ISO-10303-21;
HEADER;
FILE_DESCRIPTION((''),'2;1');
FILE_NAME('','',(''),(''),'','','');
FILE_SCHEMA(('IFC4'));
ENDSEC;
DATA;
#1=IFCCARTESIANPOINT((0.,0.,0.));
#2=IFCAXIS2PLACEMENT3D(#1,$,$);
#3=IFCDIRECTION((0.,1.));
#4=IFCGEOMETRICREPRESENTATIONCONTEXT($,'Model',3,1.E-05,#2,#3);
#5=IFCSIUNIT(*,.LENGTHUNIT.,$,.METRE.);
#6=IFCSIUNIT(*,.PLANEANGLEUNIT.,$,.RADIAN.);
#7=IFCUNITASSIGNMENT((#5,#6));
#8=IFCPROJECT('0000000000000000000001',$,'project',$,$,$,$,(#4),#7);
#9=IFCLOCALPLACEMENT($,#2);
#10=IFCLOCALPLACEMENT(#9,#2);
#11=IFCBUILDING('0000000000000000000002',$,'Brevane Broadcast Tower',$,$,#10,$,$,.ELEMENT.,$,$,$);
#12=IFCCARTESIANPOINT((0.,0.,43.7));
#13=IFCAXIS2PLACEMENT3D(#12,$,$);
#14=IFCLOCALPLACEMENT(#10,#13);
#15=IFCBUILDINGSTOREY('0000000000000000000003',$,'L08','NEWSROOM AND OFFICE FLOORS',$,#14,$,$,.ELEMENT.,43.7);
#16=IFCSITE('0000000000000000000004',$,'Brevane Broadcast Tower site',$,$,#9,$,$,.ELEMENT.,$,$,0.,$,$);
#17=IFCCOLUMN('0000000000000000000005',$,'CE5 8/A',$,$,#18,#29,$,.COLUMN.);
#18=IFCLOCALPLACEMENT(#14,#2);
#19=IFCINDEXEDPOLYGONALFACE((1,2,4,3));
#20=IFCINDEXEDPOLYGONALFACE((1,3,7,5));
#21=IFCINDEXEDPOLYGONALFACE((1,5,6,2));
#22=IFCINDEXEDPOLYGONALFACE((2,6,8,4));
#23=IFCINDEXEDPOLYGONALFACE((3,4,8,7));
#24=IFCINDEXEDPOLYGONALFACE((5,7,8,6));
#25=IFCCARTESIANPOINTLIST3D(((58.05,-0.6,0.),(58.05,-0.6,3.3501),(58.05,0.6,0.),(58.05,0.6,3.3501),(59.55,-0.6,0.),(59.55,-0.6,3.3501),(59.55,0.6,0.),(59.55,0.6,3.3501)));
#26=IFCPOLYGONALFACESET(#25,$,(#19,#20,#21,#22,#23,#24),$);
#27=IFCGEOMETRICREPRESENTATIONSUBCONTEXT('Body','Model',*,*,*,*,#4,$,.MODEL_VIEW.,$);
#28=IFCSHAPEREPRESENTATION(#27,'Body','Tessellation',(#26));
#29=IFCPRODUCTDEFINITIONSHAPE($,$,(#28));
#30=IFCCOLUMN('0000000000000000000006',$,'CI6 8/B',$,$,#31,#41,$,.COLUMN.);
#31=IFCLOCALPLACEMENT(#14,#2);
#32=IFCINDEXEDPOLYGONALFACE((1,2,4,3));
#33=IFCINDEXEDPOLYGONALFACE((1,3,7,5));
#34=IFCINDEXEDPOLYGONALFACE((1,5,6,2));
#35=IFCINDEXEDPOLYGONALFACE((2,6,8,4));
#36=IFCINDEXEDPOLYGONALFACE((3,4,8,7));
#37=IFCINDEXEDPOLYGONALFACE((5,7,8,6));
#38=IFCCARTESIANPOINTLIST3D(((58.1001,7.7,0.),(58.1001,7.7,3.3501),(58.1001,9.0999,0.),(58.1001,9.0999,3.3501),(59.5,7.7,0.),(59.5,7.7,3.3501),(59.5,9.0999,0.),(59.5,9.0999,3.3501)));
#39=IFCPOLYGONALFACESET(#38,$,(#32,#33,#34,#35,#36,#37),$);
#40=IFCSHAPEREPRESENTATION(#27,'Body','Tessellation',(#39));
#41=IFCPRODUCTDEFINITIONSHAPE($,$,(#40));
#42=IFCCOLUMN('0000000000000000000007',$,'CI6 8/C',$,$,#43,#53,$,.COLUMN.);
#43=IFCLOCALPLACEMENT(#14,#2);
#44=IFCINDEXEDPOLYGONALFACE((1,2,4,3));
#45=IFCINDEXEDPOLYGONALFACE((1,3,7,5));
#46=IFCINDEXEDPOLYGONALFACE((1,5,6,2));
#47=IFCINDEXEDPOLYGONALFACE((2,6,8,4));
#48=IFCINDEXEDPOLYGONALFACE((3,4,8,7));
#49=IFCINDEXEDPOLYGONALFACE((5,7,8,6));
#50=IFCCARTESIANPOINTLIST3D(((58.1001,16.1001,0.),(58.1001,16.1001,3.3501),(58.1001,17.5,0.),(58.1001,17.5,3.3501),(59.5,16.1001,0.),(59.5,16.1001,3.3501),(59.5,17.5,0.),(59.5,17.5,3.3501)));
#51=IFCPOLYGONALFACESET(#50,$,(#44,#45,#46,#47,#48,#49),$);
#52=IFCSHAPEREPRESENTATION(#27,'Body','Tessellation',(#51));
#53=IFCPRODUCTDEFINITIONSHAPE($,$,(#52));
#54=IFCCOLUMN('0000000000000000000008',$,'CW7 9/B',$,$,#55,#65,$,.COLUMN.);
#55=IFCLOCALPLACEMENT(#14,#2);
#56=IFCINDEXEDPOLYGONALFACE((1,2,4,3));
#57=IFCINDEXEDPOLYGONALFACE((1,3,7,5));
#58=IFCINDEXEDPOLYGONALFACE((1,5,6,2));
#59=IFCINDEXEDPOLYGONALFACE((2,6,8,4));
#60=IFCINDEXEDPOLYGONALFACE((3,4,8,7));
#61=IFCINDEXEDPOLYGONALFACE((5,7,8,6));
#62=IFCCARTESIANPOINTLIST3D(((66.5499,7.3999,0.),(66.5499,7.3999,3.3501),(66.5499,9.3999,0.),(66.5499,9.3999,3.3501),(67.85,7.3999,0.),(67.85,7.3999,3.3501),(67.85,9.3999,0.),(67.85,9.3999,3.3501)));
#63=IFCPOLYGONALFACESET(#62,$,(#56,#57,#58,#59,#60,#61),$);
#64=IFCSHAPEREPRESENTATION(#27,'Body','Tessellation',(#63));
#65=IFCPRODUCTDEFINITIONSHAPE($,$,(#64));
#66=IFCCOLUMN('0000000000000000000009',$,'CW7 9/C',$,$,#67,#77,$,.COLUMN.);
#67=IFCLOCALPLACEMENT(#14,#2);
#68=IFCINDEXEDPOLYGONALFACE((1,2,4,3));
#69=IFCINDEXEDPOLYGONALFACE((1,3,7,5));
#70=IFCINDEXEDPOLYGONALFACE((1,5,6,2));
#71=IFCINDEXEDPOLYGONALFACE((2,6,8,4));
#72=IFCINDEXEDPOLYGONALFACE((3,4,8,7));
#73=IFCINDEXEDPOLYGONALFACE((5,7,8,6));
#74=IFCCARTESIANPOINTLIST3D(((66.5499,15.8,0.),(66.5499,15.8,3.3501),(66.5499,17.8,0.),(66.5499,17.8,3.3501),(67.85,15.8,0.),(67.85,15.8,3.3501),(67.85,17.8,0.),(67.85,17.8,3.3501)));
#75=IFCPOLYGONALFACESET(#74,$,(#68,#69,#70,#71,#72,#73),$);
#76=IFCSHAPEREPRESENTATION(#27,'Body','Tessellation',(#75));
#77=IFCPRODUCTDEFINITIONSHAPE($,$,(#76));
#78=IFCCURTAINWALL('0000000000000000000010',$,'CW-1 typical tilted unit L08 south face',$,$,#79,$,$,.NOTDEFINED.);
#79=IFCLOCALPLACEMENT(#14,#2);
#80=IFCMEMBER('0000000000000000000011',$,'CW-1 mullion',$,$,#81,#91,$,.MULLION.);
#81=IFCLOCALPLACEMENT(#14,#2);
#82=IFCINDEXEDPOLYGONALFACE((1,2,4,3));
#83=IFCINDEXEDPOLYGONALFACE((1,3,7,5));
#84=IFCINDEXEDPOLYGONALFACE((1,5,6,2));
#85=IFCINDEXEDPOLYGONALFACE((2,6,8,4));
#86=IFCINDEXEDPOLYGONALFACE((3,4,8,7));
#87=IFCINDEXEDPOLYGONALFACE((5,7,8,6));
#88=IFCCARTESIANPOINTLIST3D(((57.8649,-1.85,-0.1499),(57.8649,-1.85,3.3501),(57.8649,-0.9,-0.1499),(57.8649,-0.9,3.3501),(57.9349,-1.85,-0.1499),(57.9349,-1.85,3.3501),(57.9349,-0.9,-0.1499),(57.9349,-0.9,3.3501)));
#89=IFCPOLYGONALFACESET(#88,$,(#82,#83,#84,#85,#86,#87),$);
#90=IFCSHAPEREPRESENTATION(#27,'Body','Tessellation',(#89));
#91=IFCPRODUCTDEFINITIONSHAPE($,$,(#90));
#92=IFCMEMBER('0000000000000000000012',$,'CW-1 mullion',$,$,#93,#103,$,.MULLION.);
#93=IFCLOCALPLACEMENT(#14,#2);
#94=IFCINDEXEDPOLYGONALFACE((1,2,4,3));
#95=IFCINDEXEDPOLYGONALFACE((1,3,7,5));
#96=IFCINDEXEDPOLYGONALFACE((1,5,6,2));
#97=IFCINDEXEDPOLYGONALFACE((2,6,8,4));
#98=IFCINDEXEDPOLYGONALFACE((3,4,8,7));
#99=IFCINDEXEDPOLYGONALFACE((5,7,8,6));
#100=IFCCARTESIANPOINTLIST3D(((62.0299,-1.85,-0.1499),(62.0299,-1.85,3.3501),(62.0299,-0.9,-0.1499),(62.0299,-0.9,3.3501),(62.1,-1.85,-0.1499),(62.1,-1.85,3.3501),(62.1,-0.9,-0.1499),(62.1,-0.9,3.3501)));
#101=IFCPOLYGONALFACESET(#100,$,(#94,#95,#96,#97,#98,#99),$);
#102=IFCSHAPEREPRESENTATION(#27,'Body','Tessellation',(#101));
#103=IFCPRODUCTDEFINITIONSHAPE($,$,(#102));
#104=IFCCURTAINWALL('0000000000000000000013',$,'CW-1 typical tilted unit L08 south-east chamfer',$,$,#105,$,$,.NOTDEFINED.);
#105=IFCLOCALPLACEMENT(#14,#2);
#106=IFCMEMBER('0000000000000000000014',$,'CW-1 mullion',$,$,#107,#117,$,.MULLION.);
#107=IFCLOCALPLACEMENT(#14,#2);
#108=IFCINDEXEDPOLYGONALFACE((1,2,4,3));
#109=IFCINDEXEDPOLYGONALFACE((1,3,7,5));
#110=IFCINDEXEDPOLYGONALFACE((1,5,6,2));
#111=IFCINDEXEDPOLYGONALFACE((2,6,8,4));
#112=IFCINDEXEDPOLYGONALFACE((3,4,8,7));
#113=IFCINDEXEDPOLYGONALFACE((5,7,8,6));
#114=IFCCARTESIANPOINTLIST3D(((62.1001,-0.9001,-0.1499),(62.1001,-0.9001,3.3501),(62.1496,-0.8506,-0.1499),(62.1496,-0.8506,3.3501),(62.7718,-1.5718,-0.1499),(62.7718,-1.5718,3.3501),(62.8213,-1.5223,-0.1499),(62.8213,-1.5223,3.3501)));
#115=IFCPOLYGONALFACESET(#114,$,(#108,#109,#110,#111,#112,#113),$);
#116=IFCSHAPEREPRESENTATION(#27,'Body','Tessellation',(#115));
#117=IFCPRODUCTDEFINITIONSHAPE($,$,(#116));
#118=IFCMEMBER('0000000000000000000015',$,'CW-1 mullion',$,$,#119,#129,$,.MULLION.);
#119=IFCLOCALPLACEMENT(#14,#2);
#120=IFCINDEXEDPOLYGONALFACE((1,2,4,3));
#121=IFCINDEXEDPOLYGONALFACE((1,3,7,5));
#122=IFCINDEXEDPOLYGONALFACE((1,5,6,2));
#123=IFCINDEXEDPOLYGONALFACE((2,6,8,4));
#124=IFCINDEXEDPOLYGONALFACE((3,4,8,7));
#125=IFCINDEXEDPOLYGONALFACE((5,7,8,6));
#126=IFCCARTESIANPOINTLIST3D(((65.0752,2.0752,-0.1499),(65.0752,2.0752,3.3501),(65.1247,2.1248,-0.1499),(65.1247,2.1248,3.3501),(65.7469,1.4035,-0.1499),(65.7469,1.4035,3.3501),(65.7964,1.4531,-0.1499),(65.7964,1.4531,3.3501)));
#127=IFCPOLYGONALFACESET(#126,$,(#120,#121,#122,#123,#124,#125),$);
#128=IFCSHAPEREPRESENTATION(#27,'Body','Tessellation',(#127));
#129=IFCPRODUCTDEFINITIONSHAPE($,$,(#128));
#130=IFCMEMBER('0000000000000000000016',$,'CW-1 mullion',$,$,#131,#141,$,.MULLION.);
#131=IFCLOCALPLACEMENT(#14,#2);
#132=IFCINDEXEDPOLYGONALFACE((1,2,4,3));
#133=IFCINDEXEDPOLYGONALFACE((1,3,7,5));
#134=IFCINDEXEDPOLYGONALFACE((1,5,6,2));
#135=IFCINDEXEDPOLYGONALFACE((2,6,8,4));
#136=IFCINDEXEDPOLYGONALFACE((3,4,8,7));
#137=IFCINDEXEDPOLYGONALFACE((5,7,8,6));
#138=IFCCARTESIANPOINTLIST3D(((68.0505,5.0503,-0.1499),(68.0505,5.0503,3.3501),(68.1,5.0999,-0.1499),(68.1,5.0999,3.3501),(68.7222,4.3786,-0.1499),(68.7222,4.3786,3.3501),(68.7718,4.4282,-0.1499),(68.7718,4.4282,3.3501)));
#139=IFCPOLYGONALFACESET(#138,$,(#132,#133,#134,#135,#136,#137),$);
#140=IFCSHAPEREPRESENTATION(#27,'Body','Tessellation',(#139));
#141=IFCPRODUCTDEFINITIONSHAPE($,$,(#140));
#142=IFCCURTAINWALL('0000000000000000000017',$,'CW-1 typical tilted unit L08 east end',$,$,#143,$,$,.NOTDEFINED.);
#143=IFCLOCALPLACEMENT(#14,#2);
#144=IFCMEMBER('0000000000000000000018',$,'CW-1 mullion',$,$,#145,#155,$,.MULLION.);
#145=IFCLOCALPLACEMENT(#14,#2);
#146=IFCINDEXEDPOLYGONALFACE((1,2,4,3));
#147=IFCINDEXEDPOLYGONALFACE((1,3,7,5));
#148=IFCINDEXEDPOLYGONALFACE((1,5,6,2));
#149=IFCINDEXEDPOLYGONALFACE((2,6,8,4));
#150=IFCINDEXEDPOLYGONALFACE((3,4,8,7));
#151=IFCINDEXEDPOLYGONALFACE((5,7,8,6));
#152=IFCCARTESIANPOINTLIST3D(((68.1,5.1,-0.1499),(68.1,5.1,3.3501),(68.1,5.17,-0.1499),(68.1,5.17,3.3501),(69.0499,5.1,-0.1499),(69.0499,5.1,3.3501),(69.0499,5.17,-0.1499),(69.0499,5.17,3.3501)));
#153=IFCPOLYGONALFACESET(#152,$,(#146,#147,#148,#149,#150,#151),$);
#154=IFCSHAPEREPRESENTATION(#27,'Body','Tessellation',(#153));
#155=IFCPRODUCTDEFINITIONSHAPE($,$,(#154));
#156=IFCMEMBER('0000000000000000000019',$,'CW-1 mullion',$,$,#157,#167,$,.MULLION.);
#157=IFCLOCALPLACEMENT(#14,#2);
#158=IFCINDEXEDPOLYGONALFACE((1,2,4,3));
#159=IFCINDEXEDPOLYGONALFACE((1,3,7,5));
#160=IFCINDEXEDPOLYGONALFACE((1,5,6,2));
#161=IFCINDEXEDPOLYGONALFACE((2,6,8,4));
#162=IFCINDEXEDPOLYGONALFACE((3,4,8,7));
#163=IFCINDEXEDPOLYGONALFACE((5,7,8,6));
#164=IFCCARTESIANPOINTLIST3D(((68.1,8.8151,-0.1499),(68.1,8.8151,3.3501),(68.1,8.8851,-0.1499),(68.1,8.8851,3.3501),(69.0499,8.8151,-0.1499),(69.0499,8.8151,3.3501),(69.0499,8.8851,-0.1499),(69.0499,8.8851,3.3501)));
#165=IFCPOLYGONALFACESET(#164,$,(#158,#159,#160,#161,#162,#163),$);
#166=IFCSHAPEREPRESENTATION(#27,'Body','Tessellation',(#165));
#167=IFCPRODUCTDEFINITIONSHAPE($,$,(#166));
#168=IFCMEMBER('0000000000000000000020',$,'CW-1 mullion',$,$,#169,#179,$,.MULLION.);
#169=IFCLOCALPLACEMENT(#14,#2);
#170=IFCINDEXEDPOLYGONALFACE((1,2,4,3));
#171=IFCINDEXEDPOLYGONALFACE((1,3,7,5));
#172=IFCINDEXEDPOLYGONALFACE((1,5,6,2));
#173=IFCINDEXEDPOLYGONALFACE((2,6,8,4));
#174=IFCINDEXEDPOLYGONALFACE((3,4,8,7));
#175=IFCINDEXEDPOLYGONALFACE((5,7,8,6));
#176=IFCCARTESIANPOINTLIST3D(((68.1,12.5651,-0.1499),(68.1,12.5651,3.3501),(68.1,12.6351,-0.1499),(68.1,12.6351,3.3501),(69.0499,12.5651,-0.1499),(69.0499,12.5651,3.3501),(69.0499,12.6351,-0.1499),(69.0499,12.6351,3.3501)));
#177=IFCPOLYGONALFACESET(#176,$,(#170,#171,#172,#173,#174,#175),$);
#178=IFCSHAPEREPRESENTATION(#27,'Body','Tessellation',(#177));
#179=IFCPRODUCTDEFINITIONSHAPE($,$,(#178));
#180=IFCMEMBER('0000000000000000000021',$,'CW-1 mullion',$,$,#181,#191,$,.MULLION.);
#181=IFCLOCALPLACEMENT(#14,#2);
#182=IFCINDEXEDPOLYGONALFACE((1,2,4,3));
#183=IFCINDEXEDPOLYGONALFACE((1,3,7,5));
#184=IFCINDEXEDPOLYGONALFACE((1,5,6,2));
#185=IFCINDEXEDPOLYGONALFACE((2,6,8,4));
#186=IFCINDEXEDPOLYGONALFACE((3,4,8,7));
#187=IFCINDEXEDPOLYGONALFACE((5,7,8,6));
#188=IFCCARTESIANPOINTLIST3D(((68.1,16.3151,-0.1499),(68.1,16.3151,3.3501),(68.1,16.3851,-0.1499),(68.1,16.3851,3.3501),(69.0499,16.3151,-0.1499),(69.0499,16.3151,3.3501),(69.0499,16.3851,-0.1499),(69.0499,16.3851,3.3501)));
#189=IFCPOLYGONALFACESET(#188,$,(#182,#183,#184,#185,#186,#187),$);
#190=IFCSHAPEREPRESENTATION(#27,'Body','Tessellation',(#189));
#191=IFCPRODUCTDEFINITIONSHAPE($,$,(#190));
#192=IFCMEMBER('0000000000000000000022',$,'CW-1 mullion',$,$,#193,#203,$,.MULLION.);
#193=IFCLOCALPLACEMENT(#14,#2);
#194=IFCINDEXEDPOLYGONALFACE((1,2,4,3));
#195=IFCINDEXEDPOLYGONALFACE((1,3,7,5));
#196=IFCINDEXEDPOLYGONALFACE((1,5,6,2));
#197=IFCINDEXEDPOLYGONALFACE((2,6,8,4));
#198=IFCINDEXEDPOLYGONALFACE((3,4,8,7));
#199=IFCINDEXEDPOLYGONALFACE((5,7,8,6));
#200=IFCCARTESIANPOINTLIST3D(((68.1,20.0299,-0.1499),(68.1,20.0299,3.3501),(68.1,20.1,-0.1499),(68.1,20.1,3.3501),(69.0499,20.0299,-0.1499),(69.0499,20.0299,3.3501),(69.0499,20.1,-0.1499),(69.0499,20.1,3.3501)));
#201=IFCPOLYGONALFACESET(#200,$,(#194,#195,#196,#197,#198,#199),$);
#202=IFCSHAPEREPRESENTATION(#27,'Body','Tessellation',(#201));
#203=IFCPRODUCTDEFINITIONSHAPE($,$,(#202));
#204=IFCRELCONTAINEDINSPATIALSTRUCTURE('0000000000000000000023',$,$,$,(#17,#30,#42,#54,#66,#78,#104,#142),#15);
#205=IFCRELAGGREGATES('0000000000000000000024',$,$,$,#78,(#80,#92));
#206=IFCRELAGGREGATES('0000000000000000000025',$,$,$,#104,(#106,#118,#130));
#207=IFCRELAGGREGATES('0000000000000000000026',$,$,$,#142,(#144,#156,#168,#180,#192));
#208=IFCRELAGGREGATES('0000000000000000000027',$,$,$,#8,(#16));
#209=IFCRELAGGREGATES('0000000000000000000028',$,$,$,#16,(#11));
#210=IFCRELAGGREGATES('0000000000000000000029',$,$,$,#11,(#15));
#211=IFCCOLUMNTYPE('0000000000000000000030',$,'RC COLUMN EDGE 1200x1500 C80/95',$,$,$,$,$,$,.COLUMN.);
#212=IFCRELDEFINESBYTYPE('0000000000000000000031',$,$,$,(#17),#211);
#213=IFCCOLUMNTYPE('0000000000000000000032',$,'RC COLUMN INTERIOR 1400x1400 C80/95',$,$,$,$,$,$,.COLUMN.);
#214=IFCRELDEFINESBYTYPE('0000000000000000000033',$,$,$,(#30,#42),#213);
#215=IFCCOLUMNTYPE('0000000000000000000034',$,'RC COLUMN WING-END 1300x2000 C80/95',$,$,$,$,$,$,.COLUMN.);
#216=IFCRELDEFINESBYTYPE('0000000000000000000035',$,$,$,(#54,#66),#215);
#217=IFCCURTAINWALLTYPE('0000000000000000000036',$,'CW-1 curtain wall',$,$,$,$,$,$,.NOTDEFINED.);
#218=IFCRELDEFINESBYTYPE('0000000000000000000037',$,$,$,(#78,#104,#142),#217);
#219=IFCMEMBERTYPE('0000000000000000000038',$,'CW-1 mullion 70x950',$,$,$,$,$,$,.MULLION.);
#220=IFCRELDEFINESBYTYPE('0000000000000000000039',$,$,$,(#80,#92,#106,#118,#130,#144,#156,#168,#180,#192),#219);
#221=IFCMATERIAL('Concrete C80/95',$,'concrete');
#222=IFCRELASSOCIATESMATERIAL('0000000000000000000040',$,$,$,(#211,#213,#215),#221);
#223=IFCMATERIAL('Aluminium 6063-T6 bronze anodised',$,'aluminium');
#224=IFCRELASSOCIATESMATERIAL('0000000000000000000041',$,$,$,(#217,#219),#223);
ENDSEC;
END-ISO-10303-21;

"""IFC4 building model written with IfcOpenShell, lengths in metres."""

from ifc_helpers import new_model, si_unit, direction, frame, origin, origin_2d, place, context, subcontext, project, spatial, rectangle, extrude, material, material_profile, profile_set, type_object, element, aggregate, save


model = new_model("IFC4")

# Units and contexts
model_context = context("Model", 3, precision=1e-05, world=origin(), true_north=direction((0.0, 1.0)))
body_context = subcontext(model_context, "Body", "Model", "MODEL_VIEW")
ifc_project = project(units=[si_unit("LENGTHUNIT", "METRE"), si_unit("PLANEANGLEUNIT", "RADIAN")], contexts=[model_context])

# Site, building, storey
site_placement = place(None, origin())
site = spatial("IfcSite", under=ifc_project, at=site_placement, Name="Brevane Broadcast Tower site", CompositionType="ELEMENT", RefElevation=0.0)
building_placement = place(site_placement, origin())
building = spatial("IfcBuilding", under=site, at=building_placement, Name="Brevane Broadcast Tower", CompositionType="ELEMENT")
storey_placement = place(building_placement, frame((0.0, 0.0, 43.7)))
storey = spatial("IfcBuildingStorey", under=building, at=storey_placement, Name="L08", Description="NEWSROOM AND OFFICE FLOORS", CompositionType="ELEMENT", Elevation=43.7)

# Columns
ifc_material_1 = material(Name="Concrete C80/95", Category="concrete")
ifc_material_profile_1 = material_profile(ifc_material_1, rectangle(XDim=1.2, YDim=1.5, at=origin_2d()), Name="RC 1200x1500")
ifc_profile_set_1 = profile_set([ifc_material_profile_1], Name="Concrete C80/95")
column_type_1 = type_object("IfcColumnType", Name="RC COLUMN EDGE 1200x1500 C80/95", PredefinedType="COLUMN", material=ifc_profile_set_1)
column_placement = place(storey_placement, frame((58.8, 0.0, 0.0), z_axis=(0.0, 0.0, 1.0), x_axis=(0.0, 1.0, 0.0)))
element("IfcColumn", 1, at=column_placement, inside=storey, type_object=column_type_1, Name="CE5 8/A", PredefinedType="COLUMN", context=body_context, shape_type="SweptSolid", body=[
    extrude(rectangle(XDim=1.2, YDim=1.5, at=origin_2d()), origin(), (0.0, 0.0, 1.0), 3.3501),
])
ifc_material_profile_2 = material_profile(ifc_material_1, rectangle(XDim=1.3999, YDim=1.3999, at=origin_2d()), Name="RC 1400x1400")
ifc_profile_set_2 = profile_set([ifc_material_profile_2], Name="Concrete C80/95")
column_type_2 = type_object("IfcColumnType", Name="RC COLUMN INTERIOR 1400x1400 C80/95", PredefinedType="COLUMN", material=ifc_profile_set_2)
for number, where, z_axis, x_axis, name in (
    (2, (58.8, 8.3999, 0.0), (0.0, 0.0, 1.0), (1.0, 0.0, 0.0), "CI6 8/B"),
    (3, (58.8, 16.8, 0.0), (0.0, 0.0, 1.0), (1.0, 0.0, 0.0), "CI6 8/C"),
):
    element("IfcColumn", number, at=place(storey_placement, frame(where, z_axis=z_axis, x_axis=x_axis)), inside=storey, type_object=column_type_2, Name=name, PredefinedType="COLUMN", context=body_context, shape_type="SweptSolid", body=[
        extrude(rectangle(XDim=1.3999, YDim=1.3999, at=origin_2d()), origin(), (0.0, 0.0, 1.0), 3.3501),
    ])
ifc_material_profile_3 = material_profile(ifc_material_1, rectangle(XDim=1.3, YDim=2.0, at=origin_2d()), Name="RC 1300x2000")
ifc_profile_set_3 = profile_set([ifc_material_profile_3], Name="Concrete C80/95")
column_type_3 = type_object("IfcColumnType", Name="RC COLUMN WING-END 1300x2000 C80/95", PredefinedType="COLUMN", material=ifc_profile_set_3)
for number, where, z_axis, x_axis, name in (
    (4, (67.2, 8.3999, 0.0), (0.0, 0.0, 1.0), (1.0, 0.0, 0.0), "CW7 9/B"),
    (5, (67.2, 16.8, 0.0), (0.0, 0.0, 1.0), (1.0, 0.0, 0.0), "CW7 9/C"),
):
    element("IfcColumn", number, at=place(storey_placement, frame(where, z_axis=z_axis, x_axis=x_axis)), inside=storey, type_object=column_type_3, Name=name, PredefinedType="COLUMN", context=body_context, shape_type="SweptSolid", body=[
        extrude(rectangle(XDim=1.3, YDim=2.0, at=origin_2d()), origin(), (0.0, 0.0, 1.0), 3.3501),
    ])

# Curtain walls, members
ifc_material_2 = material(Name="Aluminium 6063-T6 bronze anodised", Category="aluminium")
curtain_wall_type = type_object("IfcCurtainWallType", Name="CW-1 curtain wall", PredefinedType="NOTDEFINED", material=ifc_material_2)
curtain_wall_1_placement = place(storey_placement, origin())
curtain_wall_1 = element("IfcCurtainWall", 6, at=curtain_wall_1_placement, inside=storey, type_object=curtain_wall_type, Name="CW-1 typical tilted unit L08 south face", PredefinedType="NOTDEFINED")
ifc_material_profile_4 = material_profile(ifc_material_2, rectangle(XDim=0.95, YDim=0.0701, at=origin_2d()), Name="RECT 70x950")
ifc_profile_set_4 = profile_set([ifc_material_profile_4], Name="Aluminium 6063-T6 bronze anodised")
member_type_1 = type_object("IfcMemberType", Name="CW-1 mullion 70x950", PredefinedType="MULLION", material=ifc_profile_set_4)
member_1_placement = place(storey_placement, frame((57.8999, -1.375, -0.1499), z_axis=(0.0, 0.0, 1.0), x_axis=(0.0, 1.0, 0.0)))
member_1 = element("IfcMember", 7, at=member_1_placement, type_object=member_type_1, Name="CW-1 mullion", PredefinedType="MULLION", context=body_context, shape_type="SweptSolid", body=[
    extrude(rectangle(XDim=0.95, YDim=0.0701, at=origin_2d()), origin(), (0.0, 0.0, 1.0), 3.5),
])
member_2_placement = place(storey_placement, frame((62.0649, -1.375, -0.1499), z_axis=(0.0, 0.0, 1.0), x_axis=(0.0, 1.0, 0.0)))
member_2 = element("IfcMember", 8, at=member_2_placement, type_object=member_type_1, Name="CW-1 mullion", PredefinedType="MULLION", context=body_context, shape_type="SweptSolid", body=[
    extrude(rectangle(XDim=0.95, YDim=0.0701, at=origin_2d()), origin(), (0.0, 0.0, 1.0), 3.5),
])
aggregate(curtain_wall_1, [member_1, member_2])
curtain_wall_2_placement = place(storey_placement, origin())
curtain_wall_2 = element("IfcCurtainWall", 9, at=curtain_wall_2_placement, inside=storey, type_object=curtain_wall_type, Name="CW-1 typical tilted unit L08 south-east chamfer", PredefinedType="NOTDEFINED")
member_3_placement = place(storey_placement, frame((62.4607, -1.2112, -0.1499), z_axis=(0.0, 0.0, 1.0), x_axis=(-0.707107, 0.707107, 0.0)))
member_3 = element("IfcMember", 10, at=member_3_placement, type_object=member_type_1, Name="CW-1 mullion", PredefinedType="MULLION", context=body_context, shape_type="SweptSolid", body=[
    extrude(rectangle(XDim=0.95, YDim=0.0701, at=origin_2d()), origin(), (0.0, 0.0, 1.0), 3.5),
])
member_4_placement = place(storey_placement, frame((65.4358, 1.7642, -0.1499), z_axis=(0.0, 0.0, 1.0), x_axis=(-0.707107, 0.707107, 0.0)))
member_4 = element("IfcMember", 11, at=member_4_placement, type_object=member_type_1, Name="CW-1 mullion", PredefinedType="MULLION", context=body_context, shape_type="SweptSolid", body=[
    extrude(rectangle(XDim=0.95, YDim=0.0701, at=origin_2d()), origin(), (0.0, 0.0, 1.0), 3.5),
])
member_5_placement = place(storey_placement, frame((68.4111, 4.7393, -0.1499), z_axis=(0.0, 0.0, 1.0), x_axis=(-0.707107, 0.707107, 0.0)))
member_5 = element("IfcMember", 12, at=member_5_placement, type_object=member_type_1, Name="CW-1 mullion", PredefinedType="MULLION", context=body_context, shape_type="SweptSolid", body=[
    extrude(rectangle(XDim=0.95, YDim=0.0701, at=origin_2d()), origin(), (0.0, 0.0, 1.0), 3.5),
])
curtain_wall_3_placement = place(storey_placement, origin())
curtain_wall_3 = element("IfcCurtainWall", 13, at=curtain_wall_3_placement, inside=storey, type_object=curtain_wall_type, Name="CW-1 typical tilted unit L08 east end", PredefinedType="NOTDEFINED")
member_6_placement = place(storey_placement, frame((68.575, 5.135, -0.1499), z_axis=(0.0, 0.0, 1.0), x_axis=(-1.0, 0.0, 0.0)))
member_6 = element("IfcMember", 14, at=member_6_placement, type_object=member_type_1, Name="CW-1 mullion", PredefinedType="MULLION", context=body_context, shape_type="SweptSolid", body=[
    extrude(rectangle(XDim=0.95, YDim=0.0701, at=origin_2d()), origin(), (0.0, 0.0, 1.0), 3.5),
])
member_7_placement = place(storey_placement, frame((68.575, 8.8501, -0.1499), z_axis=(0.0, 0.0, 1.0), x_axis=(-1.0, 0.0, 0.0)))
member_7 = element("IfcMember", 15, at=member_7_placement, type_object=member_type_1, Name="CW-1 mullion", PredefinedType="MULLION", context=body_context, shape_type="SweptSolid", body=[
    extrude(rectangle(XDim=0.95, YDim=0.0701, at=origin_2d()), origin(), (0.0, 0.0, 1.0), 3.5),
])
member_8_placement = place(storey_placement, frame((68.575, 12.6001, -0.1499), z_axis=(0.0, 0.0, 1.0), x_axis=(-1.0, 0.0, 0.0)))
member_8 = element("IfcMember", 16, at=member_8_placement, type_object=member_type_1, Name="CW-1 mullion", PredefinedType="MULLION", context=body_context, shape_type="SweptSolid", body=[
    extrude(rectangle(XDim=0.95, YDim=0.0701, at=origin_2d()), origin(), (0.0, 0.0, 1.0), 3.5),
])
member_9_placement = place(storey_placement, frame((68.575, 16.3501, -0.1499), z_axis=(0.0, 0.0, 1.0), x_axis=(-1.0, 0.0, 0.0)))
member_9 = element("IfcMember", 17, at=member_9_placement, type_object=member_type_1, Name="CW-1 mullion", PredefinedType="MULLION", context=body_context, shape_type="SweptSolid", body=[
    extrude(rectangle(XDim=0.95, YDim=0.0701, at=origin_2d()), origin(), (0.0, 0.0, 1.0), 3.5),
])
member_10_placement = place(storey_placement, frame((68.575, 20.0649, -0.1499), z_axis=(0.0, 0.0, 1.0), x_axis=(-1.0, 0.0, 0.0)))
member_10 = element("IfcMember", 18, at=member_10_placement, type_object=member_type_1, Name="CW-1 mullion", PredefinedType="MULLION", context=body_context, shape_type="SweptSolid", body=[
    extrude(rectangle(XDim=0.95, YDim=0.0701, at=origin_2d()), origin(), (0.0, 0.0, 1.0), 3.5),
])

aggregate(curtain_wall_2, [member_3, member_4, member_5])
aggregate(curtain_wall_3, [member_6, member_7, member_8, member_9, member_10])

save(model, "model.ifc")
